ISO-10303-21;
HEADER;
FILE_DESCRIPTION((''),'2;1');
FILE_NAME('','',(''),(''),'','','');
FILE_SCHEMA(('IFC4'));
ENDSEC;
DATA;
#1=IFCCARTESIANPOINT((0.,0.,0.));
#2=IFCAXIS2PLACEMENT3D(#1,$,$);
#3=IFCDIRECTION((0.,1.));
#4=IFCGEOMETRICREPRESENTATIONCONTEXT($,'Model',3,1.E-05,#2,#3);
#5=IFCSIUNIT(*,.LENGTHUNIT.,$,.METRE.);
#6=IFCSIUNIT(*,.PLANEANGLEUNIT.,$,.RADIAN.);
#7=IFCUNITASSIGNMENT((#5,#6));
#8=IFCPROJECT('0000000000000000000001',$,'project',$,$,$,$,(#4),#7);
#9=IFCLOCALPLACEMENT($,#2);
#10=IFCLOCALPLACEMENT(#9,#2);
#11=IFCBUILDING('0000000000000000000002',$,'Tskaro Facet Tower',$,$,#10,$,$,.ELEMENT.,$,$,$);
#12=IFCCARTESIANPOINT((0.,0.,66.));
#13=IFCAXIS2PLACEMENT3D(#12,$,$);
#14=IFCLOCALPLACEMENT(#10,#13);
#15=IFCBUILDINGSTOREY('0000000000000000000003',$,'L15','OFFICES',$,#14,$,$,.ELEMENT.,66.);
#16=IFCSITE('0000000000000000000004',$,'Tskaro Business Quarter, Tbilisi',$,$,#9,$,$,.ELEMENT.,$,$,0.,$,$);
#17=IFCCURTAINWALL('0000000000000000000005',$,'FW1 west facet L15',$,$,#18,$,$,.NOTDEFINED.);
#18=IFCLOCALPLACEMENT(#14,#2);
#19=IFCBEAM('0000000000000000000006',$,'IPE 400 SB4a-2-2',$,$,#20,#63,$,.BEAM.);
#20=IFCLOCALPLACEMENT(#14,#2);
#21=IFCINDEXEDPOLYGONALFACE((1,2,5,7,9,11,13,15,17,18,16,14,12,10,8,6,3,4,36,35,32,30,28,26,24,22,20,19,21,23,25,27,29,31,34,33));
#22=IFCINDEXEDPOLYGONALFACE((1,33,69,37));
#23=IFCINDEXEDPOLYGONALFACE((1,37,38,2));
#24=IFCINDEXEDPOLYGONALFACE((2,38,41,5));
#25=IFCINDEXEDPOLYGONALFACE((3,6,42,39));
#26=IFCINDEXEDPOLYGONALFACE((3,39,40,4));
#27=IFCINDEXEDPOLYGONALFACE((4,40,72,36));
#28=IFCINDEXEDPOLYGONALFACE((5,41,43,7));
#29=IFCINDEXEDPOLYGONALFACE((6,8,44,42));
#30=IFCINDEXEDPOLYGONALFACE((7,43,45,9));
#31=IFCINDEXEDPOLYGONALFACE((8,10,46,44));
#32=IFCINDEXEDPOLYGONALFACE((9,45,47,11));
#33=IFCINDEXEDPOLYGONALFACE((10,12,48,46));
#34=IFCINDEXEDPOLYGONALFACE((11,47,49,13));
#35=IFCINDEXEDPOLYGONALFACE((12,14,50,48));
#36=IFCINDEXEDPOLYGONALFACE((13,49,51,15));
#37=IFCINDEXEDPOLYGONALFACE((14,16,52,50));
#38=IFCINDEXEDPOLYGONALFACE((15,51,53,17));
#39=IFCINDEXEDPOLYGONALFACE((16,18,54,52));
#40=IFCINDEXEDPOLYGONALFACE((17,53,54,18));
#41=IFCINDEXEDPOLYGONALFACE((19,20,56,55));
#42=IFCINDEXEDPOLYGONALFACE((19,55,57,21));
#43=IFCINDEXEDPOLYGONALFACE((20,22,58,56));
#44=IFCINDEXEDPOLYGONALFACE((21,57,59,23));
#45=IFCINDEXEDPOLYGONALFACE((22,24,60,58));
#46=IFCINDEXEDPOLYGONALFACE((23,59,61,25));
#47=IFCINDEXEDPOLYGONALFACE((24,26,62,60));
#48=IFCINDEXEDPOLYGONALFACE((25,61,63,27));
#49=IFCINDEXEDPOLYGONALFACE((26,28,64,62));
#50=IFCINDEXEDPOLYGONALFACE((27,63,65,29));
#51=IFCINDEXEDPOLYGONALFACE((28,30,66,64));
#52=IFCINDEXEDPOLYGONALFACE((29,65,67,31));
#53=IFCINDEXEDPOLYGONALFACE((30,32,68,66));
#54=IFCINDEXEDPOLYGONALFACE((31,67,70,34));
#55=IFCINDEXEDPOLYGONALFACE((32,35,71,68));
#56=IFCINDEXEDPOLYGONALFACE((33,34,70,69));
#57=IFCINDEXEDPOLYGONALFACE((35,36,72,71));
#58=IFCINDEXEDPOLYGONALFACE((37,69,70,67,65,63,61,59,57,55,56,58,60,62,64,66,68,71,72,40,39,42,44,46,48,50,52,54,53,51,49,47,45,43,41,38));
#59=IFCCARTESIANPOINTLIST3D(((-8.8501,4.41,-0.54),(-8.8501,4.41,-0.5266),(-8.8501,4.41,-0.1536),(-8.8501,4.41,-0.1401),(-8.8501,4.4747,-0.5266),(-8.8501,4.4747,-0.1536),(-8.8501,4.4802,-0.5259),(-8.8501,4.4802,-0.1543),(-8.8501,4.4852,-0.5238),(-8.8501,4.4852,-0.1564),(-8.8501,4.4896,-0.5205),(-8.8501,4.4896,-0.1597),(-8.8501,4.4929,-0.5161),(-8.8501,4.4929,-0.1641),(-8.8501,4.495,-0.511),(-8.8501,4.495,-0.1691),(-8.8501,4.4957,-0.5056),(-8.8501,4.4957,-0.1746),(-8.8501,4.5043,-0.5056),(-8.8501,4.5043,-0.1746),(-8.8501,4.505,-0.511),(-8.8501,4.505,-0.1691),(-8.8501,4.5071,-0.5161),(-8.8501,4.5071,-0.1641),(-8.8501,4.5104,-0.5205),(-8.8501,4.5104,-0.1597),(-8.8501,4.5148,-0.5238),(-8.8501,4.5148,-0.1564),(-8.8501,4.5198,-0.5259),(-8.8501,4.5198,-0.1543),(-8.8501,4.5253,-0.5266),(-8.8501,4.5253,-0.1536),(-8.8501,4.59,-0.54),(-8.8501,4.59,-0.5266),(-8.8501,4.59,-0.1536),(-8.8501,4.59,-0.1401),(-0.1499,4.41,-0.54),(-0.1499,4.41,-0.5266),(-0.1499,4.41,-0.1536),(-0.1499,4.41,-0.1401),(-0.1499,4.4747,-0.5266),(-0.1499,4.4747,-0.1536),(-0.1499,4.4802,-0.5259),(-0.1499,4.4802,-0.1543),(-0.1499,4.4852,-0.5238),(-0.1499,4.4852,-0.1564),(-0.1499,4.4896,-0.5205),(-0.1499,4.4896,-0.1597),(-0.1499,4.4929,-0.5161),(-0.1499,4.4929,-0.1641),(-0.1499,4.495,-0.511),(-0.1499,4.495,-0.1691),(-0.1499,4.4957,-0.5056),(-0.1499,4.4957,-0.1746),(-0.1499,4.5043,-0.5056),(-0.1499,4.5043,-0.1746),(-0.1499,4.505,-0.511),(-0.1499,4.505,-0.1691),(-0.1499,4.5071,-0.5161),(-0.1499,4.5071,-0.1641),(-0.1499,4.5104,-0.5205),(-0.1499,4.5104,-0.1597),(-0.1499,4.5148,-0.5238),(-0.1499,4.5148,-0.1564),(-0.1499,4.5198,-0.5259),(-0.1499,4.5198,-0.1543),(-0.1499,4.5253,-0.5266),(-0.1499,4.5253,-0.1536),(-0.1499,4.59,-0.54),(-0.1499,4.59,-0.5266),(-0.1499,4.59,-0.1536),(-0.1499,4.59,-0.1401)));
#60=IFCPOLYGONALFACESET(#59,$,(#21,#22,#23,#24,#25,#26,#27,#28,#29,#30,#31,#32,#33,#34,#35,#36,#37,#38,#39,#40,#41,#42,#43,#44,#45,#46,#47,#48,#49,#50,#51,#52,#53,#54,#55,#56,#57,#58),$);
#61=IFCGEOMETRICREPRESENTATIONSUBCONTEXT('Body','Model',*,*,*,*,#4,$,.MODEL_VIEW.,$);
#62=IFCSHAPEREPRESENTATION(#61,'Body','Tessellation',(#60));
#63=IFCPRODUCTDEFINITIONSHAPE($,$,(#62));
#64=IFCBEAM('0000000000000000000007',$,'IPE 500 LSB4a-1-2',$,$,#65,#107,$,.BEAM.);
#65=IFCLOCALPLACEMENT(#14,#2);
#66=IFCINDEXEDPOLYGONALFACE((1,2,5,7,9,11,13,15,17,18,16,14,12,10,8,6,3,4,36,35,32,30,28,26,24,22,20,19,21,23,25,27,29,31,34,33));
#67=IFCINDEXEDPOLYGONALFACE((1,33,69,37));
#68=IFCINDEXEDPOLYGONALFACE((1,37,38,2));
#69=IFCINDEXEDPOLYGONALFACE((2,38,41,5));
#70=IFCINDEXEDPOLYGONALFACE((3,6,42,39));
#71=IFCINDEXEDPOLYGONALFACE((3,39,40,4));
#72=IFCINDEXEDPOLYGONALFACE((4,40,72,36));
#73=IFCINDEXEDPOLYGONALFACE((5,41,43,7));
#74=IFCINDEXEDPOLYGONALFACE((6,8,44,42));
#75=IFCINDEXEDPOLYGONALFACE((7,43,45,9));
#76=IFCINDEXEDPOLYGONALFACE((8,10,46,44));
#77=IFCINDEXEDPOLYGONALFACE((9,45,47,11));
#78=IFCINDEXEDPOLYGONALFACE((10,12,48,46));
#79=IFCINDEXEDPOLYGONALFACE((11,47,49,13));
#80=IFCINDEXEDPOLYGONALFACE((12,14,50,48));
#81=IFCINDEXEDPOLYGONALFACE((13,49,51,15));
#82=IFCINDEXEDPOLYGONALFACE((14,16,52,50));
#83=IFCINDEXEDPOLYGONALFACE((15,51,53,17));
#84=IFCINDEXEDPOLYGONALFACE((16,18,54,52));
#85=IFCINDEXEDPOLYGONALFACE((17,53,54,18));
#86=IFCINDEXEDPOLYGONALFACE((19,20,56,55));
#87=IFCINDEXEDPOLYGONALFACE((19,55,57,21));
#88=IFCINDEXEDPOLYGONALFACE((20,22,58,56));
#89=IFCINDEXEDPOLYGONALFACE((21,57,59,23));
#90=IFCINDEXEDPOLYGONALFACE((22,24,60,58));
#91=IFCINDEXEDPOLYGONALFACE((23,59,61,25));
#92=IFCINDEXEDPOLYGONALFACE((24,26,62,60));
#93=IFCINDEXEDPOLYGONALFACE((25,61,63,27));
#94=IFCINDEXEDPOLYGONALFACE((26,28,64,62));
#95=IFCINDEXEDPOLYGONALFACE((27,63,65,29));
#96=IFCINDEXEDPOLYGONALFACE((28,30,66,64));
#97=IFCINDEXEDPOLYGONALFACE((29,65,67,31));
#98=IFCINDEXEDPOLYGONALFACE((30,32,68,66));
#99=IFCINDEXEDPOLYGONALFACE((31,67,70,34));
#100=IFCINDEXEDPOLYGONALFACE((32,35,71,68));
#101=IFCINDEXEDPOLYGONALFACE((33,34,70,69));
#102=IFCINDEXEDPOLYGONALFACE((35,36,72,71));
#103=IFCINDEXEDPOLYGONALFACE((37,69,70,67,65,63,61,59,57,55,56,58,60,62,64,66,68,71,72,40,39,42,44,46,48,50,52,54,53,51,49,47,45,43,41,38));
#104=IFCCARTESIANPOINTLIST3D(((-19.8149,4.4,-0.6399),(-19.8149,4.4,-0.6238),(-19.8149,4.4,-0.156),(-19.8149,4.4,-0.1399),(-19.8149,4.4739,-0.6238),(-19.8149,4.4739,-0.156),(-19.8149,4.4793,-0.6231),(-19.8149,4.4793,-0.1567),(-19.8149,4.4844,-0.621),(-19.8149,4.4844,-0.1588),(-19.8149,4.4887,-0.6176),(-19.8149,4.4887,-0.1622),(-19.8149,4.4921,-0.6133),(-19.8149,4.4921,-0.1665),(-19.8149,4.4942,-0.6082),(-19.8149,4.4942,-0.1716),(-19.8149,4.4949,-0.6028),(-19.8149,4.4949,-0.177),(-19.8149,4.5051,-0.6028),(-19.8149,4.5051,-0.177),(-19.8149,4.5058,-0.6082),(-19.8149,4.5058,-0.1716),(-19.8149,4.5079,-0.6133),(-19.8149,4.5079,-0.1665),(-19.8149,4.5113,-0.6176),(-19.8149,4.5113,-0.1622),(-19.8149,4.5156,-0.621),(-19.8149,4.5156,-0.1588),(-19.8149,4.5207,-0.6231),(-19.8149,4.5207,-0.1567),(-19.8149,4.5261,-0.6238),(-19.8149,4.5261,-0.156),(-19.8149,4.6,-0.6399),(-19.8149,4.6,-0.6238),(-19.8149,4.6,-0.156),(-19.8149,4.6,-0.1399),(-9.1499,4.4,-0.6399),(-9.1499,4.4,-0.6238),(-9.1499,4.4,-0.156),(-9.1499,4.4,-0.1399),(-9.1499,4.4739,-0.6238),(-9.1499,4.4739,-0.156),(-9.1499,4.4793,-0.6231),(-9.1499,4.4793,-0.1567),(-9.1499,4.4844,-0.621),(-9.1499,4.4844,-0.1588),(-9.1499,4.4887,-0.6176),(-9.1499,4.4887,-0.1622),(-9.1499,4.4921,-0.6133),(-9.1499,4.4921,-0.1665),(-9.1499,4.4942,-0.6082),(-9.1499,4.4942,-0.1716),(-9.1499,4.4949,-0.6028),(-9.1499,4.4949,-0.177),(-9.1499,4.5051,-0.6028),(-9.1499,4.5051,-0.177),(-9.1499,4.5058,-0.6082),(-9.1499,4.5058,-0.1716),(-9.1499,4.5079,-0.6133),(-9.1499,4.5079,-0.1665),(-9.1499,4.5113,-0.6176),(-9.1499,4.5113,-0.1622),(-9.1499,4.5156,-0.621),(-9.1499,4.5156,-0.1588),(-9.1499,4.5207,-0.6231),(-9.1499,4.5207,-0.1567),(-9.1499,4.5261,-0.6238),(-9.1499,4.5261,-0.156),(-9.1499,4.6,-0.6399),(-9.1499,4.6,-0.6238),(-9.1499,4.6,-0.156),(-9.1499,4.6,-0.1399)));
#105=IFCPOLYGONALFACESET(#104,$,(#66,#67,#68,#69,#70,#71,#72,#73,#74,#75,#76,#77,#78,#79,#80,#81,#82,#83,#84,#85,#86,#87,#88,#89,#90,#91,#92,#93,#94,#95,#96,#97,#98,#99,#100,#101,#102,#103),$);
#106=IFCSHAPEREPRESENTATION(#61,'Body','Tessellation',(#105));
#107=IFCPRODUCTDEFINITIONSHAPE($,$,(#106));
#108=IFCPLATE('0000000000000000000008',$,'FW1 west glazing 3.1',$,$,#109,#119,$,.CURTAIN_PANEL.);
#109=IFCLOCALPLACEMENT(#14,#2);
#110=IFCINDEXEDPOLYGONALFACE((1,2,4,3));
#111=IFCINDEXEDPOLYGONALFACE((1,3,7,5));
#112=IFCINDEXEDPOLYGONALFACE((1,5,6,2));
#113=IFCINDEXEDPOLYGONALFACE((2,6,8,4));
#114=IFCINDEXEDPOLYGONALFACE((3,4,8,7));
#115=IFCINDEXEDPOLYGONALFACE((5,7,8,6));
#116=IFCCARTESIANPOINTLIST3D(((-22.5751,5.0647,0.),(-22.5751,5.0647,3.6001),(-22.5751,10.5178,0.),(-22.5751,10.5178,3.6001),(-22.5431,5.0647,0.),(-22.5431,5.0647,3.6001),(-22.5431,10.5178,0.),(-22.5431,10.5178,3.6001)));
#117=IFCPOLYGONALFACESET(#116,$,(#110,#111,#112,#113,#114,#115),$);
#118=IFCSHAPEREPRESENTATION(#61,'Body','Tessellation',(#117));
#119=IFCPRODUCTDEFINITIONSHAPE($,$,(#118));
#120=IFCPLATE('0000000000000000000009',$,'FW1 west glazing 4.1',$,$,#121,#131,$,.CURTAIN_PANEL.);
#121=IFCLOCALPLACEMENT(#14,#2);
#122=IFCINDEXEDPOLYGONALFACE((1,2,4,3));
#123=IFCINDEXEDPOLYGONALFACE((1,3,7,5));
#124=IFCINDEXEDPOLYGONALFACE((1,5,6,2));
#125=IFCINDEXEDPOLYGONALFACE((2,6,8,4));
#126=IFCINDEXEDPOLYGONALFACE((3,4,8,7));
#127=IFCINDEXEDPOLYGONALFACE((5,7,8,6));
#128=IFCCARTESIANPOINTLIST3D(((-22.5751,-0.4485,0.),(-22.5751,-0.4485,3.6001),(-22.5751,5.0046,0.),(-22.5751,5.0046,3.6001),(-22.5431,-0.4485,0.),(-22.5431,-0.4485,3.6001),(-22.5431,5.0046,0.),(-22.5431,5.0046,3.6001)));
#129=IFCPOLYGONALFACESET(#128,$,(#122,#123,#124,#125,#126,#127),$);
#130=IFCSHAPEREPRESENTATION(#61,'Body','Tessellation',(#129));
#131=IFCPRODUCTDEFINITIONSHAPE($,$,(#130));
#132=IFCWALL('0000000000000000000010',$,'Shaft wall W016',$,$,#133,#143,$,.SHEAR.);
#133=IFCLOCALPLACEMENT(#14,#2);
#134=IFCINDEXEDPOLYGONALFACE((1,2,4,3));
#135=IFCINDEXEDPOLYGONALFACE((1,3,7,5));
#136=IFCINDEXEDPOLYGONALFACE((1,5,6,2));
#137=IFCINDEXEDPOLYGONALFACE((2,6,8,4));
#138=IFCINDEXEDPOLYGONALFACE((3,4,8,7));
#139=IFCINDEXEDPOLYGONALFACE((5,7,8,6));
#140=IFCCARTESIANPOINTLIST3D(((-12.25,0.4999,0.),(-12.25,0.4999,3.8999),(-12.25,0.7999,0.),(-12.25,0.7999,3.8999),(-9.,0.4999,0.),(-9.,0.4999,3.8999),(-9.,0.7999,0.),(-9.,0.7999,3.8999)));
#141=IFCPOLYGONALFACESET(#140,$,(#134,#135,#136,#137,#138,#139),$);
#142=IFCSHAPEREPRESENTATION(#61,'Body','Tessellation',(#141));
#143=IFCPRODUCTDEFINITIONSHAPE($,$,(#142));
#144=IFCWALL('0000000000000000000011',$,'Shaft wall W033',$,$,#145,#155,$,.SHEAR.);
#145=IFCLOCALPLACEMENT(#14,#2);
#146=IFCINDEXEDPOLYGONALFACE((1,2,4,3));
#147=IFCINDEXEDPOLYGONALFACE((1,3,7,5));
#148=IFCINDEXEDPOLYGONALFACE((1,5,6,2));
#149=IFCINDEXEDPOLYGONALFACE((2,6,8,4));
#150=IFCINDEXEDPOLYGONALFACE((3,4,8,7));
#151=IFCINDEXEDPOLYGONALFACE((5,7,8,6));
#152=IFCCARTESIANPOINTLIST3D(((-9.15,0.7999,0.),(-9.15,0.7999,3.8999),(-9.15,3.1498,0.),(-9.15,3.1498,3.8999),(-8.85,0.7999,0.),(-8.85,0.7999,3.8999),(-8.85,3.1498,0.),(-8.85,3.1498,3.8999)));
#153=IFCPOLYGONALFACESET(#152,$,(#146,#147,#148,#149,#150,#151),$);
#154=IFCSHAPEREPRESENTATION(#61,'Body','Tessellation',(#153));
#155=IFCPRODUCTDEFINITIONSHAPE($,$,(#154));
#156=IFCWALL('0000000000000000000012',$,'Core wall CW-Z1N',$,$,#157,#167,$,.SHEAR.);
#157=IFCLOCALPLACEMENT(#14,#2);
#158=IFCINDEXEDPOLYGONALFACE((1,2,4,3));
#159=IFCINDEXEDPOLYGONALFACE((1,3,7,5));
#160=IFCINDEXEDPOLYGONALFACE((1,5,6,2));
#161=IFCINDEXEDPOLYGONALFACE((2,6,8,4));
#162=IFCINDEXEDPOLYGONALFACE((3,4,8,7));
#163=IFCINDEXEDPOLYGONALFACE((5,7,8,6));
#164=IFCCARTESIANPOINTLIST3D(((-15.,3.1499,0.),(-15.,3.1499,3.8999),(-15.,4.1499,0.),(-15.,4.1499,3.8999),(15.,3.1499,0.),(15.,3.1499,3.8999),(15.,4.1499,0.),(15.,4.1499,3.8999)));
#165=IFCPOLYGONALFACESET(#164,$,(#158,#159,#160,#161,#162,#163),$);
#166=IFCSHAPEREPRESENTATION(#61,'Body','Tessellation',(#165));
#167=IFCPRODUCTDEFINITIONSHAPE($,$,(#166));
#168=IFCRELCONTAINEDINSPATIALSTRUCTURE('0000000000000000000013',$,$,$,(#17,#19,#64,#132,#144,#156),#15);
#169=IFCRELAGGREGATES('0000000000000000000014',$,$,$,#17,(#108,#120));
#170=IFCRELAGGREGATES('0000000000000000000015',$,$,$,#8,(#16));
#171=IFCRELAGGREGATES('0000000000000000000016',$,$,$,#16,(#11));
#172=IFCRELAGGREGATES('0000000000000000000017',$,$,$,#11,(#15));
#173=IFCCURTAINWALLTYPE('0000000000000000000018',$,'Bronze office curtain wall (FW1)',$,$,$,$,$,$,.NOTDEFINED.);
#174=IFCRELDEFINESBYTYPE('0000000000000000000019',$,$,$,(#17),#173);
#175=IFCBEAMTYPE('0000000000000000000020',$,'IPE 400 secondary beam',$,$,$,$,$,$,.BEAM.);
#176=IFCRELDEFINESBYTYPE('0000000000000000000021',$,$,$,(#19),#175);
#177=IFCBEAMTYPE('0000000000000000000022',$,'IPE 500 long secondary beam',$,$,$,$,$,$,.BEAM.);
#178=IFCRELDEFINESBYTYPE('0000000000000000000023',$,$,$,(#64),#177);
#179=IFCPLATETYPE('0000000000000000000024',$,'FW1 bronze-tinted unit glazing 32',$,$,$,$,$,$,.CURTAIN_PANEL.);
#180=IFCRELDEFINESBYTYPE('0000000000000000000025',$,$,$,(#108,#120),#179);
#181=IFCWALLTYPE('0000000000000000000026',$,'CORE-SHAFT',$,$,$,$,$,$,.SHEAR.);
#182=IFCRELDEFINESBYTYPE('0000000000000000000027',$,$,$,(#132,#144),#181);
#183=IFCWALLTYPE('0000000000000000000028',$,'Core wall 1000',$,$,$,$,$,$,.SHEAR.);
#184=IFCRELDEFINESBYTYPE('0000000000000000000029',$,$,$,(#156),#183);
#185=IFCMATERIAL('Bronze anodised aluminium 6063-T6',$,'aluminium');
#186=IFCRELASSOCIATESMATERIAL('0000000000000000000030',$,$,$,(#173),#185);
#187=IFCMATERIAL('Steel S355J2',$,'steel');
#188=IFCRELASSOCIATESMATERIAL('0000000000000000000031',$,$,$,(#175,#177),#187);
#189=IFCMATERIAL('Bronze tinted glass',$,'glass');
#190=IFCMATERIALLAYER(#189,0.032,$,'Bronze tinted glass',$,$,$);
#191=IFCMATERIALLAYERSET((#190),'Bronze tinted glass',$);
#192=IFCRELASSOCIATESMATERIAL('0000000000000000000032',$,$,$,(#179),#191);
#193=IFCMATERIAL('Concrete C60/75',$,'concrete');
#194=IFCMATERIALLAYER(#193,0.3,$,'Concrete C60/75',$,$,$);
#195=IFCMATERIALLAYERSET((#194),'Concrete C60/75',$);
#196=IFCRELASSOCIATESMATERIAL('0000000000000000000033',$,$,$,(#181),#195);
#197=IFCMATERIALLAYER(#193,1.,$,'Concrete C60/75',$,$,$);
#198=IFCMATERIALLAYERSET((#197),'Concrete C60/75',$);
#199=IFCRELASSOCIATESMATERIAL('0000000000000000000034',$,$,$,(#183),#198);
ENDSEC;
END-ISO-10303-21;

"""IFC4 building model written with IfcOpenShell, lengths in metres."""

from ifc_helpers import new_model, si_unit, direction, frame, frame_2d, origin, origin_2d, place, context, subcontext, project, spatial, rectangle, i_section, extrude, material, layer, layer_set, material_profile, profile_set, type_object, element, aggregate, save


model = new_model("IFC4")

# Units and contexts
model_context = context("Model", 3, precision=1e-05, world=origin(), true_north=direction((0.0, 1.0)))
body_context = subcontext(model_context, "Body", "Model", "MODEL_VIEW")
ifc_project = project(units=[si_unit("LENGTHUNIT", "METRE"), si_unit("PLANEANGLEUNIT", "RADIAN")], contexts=[model_context])

# Site, building, storey
site_placement = place(None, origin())
site = spatial("IfcSite", under=ifc_project, at=site_placement, Name="Tskaro Business Quarter, Tbilisi", CompositionType="ELEMENT", RefElevation=0.0)
building_placement = place(site_placement, origin())
building = spatial("IfcBuilding", under=site, at=building_placement, Name="Tskaro Facet Tower", CompositionType="ELEMENT")
storey_placement = place(building_placement, frame((0.0, 0.0, 66.0)))
storey = spatial("IfcBuildingStorey", under=building, at=storey_placement, Name="L15", Description="OFFICES", CompositionType="ELEMENT", Elevation=66.0)

# Curtain wall
ifc_material_1 = material(Name="Bronze anodised aluminium 6063-T6", Category="aluminium")
curtain_wall_type = type_object("IfcCurtainWallType", Name="Bronze office curtain wall (FW1)", PredefinedType="NOTDEFINED", material=ifc_material_1)
curtain_wall_placement = place(storey_placement, origin())
curtain_wall = element("IfcCurtainWall", 1, at=curtain_wall_placement, inside=storey, type_object=curtain_wall_type, Name="FW1 west facet L15", PredefinedType="NOTDEFINED")

# Beams
ifc_material_2 = material(Name="Steel S355J2", Category="steel")
ifc_material_profile_1 = material_profile(ifc_material_2, i_section(OverallWidth=0.1799, OverallDepth=0.3999, WebThickness=0.0085, FlangeThickness=0.0134, FilletRadius=0.021, at=origin_2d()), Name="IPE 400")
ifc_profile_set_1 = profile_set([ifc_material_profile_1], Name="Steel S355J2")
beam_type_1 = type_object("IfcBeamType", Name="IPE 400 secondary beam", PredefinedType="BEAM", material=ifc_profile_set_1)
beam_1_placement = place(storey_placement, frame((-8.8501, 4.5, -0.3401), z_axis=(1.0, 0.0, 0.0), x_axis=(0.0, 1.0, 0.0)))
element("IfcBeam", 2, at=beam_1_placement, inside=storey, type_object=beam_type_1, Name="IPE 400 SB4a-2-2", PredefinedType="BEAM", context=body_context, shape_type="SweptSolid", body=[
    extrude(i_section(OverallWidth=0.1799, OverallDepth=0.3999, WebThickness=0.0085, FlangeThickness=0.0134, FilletRadius=0.021, at=origin_2d()), origin(), (0.0, 0.0, 1.0), 8.7002),
])
ifc_material_profile_2 = material_profile(ifc_material_2, i_section(OverallWidth=0.2, OverallDepth=0.5, WebThickness=0.0103, FlangeThickness=0.0161, FilletRadius=0.021, at=origin_2d()), Name="IPE 500")
ifc_profile_set_2 = profile_set([ifc_material_profile_2], Name="Steel S355J2")
beam_type_2 = type_object("IfcBeamType", Name="IPE 500 long secondary beam", PredefinedType="BEAM", material=ifc_profile_set_2)
beam_2_placement = place(storey_placement, frame((-19.8149, 4.5, -0.3899), z_axis=(1.0, 0.0, 0.0), x_axis=(0.0, 1.0, 0.0)))
element("IfcBeam", 3, at=beam_2_placement, inside=storey, type_object=beam_type_2, Name="IPE 500 LSB4a-1-2", PredefinedType="BEAM", context=body_context, shape_type="SweptSolid", body=[
    extrude(i_section(OverallWidth=0.2, OverallDepth=0.5, WebThickness=0.0103, FlangeThickness=0.0161, FilletRadius=0.021, at=origin_2d()), origin(), (0.0, 0.0, 1.0), 10.665),
])

# Plates
ifc_material_3 = material(Name="Bronze tinted glass", Category="glass")
ifc_layer_1 = layer(ifc_material_3, 0.032, Name="Bronze tinted glass")
ifc_layer_set_1 = layer_set([ifc_layer_1], Name="Bronze tinted glass")
plate_type = type_object("IfcPlateType", Name="FW1 bronze-tinted unit glazing 32", PredefinedType="CURTAIN_PANEL", material=ifc_layer_set_1)
plate_1_placement = place(storey_placement, frame((-22.5591, 7.7913, 0.0), z_axis=(0.0, 0.0, 1.0), x_axis=(0.0, -1.0, 0.0)))
plate_1 = element("IfcPlate", 4, at=plate_1_placement, type_object=plate_type, Name="FW1 west glazing 3.1", PredefinedType="CURTAIN_PANEL", context=body_context, shape_type="SweptSolid", body=[
    extrude(rectangle(XDim=5.4531, YDim=0.032, at=origin_2d()), origin(), (0.0, 0.0, 1.0), 3.6001),
])
plate_2_placement = place(storey_placement, frame((-22.5591, 2.2781, 0.0), z_axis=(0.0, 0.0, 1.0), x_axis=(0.0, -1.0, 0.0)))
plate_2 = element("IfcPlate", 5, at=plate_2_placement, type_object=plate_type, Name="FW1 west glazing 4.1", PredefinedType="CURTAIN_PANEL", context=body_context, shape_type="SweptSolid", body=[
    extrude(rectangle(XDim=5.4531, YDim=0.032, at=origin_2d()), origin(), (0.0, 0.0, 1.0), 3.6001),
])
aggregate(curtain_wall, [plate_1, plate_2])

# Walls
ifc_material_4 = material(Name="Concrete C60/75", Category="concrete")
ifc_layer_2 = layer(ifc_material_4, 0.3, Name="Concrete C60/75")
ifc_layer_set_2 = layer_set([ifc_layer_2], Name="Concrete C60/75")
wall_type_1 = type_object("IfcWallType", Name="CORE-SHAFT", PredefinedType="SHEAR", material=ifc_layer_set_2)
wall_1_placement = place(storey_placement, frame((-9.0, 0.6499, 0.0), z_axis=(0.0, 0.0, 1.0), x_axis=(-1.0, 0.0, 0.0)))
element("IfcWall", 6, at=wall_1_placement, inside=storey, type_object=wall_type_1, Name="Shaft wall W016", PredefinedType="SHEAR", context=body_context, shape_type="SweptSolid", body=[
    extrude(rectangle(XDim=3.25, YDim=0.3, at=frame_2d((1.625, 0.0))), origin(), (0.0, 0.0, 1.0), 3.8999),
])
wall_2_placement = place(storey_placement, frame((-9.0, 0.8, 0.0), z_axis=(0.0, 0.0, 1.0), x_axis=(0.0, 1.0, 0.0)))
element("IfcWall", 7, at=wall_2_placement, inside=storey, type_object=wall_type_1, Name="Shaft wall W033", PredefinedType="SHEAR", context=body_context, shape_type="SweptSolid", body=[
    extrude(rectangle(XDim=2.3499, YDim=0.3, at=frame_2d((1.1748, 0.0))), origin(), (0.0, 0.0, 1.0), 3.8999),
])
ifc_layer_3 = layer(ifc_material_4, 1.0, Name="Concrete C60/75")
ifc_layer_set_3 = layer_set([ifc_layer_3], Name="Concrete C60/75")
wall_type_2 = type_object("IfcWallType", Name="Core wall 1000", PredefinedType="SHEAR", material=ifc_layer_set_3)
wall_3_placement = place(storey_placement, frame((-15.0, 3.6499, 0.0), z_axis=(0.0, 0.0, 1.0), x_axis=(1.0, 0.0, 0.0)))
element("IfcWall", 8, at=wall_3_placement, inside=storey, type_object=wall_type_2, Name="Core wall CW-Z1N", PredefinedType="SHEAR", context=body_context, shape_type="SweptSolid", body=[
    extrude(rectangle(XDim=30.0, YDim=1.0, at=frame_2d((15.0, 0.0))), origin(), (0.0, 0.0, 1.0), 3.8999),
])

save(model, "model.ifc")
